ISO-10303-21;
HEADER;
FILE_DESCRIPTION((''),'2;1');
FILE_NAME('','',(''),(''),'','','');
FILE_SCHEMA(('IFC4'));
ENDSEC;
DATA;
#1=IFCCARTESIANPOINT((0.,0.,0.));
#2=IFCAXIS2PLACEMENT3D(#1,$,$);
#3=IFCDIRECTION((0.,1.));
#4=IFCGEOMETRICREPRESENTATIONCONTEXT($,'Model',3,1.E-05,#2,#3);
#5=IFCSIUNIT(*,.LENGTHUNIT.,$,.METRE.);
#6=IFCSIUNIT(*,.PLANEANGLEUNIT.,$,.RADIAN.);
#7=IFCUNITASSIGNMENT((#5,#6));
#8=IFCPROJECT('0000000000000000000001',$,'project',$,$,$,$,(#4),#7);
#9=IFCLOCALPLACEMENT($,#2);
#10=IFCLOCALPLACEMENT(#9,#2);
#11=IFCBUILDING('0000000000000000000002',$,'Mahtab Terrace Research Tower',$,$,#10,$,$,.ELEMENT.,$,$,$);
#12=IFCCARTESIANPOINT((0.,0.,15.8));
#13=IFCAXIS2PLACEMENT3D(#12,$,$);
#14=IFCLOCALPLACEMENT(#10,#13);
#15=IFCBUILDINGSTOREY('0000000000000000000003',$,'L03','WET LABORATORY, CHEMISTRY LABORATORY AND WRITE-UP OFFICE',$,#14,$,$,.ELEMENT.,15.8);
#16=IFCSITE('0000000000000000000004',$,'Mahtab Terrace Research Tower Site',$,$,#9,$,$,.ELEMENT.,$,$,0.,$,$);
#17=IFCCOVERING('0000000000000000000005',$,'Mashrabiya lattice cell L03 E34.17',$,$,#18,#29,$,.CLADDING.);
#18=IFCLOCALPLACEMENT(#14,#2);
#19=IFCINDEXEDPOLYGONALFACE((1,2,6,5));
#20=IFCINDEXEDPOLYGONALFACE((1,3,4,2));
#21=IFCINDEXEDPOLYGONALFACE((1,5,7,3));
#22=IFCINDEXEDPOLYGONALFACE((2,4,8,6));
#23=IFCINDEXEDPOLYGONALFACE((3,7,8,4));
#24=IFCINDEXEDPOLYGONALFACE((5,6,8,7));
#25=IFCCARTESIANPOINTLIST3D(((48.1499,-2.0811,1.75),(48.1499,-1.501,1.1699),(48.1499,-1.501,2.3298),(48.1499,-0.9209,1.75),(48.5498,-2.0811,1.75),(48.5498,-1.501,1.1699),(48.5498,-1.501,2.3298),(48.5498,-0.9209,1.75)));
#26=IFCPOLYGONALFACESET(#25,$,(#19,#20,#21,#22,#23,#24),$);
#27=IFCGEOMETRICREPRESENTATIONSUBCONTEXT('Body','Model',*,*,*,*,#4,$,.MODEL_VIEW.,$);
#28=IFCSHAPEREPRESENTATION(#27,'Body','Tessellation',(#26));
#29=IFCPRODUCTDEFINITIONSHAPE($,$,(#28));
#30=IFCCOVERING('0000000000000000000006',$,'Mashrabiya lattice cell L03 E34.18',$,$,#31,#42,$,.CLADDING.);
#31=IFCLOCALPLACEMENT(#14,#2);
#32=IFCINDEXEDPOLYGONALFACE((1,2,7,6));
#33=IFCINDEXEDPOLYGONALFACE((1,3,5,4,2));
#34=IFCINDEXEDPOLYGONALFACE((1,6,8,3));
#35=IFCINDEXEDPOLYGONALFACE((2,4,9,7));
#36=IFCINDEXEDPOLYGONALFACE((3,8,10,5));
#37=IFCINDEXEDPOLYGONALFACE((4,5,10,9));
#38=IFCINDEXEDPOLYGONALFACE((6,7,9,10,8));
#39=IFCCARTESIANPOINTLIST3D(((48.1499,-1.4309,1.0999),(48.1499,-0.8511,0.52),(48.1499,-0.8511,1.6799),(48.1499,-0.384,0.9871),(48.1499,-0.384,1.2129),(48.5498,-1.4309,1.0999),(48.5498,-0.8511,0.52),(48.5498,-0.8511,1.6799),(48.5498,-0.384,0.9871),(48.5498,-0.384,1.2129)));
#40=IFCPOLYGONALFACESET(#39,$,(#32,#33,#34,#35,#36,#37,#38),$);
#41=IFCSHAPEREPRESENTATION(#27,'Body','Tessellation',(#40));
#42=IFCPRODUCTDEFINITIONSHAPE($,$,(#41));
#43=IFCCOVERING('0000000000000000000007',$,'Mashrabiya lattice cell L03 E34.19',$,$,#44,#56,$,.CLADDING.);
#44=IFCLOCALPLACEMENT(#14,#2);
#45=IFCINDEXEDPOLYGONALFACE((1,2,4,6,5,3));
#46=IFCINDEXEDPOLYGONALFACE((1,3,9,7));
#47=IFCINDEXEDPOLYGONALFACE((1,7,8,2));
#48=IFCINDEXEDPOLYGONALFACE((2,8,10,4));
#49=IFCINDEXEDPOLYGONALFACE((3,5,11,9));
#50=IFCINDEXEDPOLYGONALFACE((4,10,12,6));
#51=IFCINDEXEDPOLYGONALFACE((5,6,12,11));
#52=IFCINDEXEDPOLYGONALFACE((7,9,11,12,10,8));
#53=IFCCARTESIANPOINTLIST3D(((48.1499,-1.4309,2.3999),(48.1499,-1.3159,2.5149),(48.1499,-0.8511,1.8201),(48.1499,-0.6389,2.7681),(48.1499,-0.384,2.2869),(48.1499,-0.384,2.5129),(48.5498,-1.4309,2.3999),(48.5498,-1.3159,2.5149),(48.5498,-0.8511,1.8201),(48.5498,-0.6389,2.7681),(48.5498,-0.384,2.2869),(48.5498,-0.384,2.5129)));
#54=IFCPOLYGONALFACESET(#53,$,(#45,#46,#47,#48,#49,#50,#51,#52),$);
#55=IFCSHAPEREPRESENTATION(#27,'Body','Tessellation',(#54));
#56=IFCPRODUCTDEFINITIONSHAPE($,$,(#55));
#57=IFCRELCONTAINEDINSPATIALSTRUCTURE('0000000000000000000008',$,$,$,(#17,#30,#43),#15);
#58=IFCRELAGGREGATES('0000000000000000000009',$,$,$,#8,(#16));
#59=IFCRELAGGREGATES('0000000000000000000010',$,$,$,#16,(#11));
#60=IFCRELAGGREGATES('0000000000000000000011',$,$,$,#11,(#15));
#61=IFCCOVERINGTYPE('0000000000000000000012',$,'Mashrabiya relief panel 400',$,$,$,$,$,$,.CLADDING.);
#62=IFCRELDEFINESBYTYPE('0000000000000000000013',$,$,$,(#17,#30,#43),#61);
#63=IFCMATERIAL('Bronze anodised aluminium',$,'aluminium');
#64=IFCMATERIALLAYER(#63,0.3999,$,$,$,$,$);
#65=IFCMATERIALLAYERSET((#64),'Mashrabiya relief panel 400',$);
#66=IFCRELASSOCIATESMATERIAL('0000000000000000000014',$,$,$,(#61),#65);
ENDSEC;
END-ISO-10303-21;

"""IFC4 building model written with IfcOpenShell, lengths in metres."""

from ifc_helpers import new_model, si_unit, direction, frame, origin, place, context, subcontext, project, spatial, polyline, outline, extrude, material, layer, layer_set, type_object, element, save


model = new_model("IFC4")

# Units and contexts
model_context = context("Model", 3, precision=1e-05, world=origin(), true_north=direction((0.0, 1.0)))
body_context = subcontext(model_context, "Body", "Model", "MODEL_VIEW")
ifc_project = project(units=[si_unit("LENGTHUNIT", "METRE"), si_unit("PLANEANGLEUNIT", "RADIAN")], contexts=[model_context])

# Site, building, storey
site_placement = place(None, origin())
site = spatial("IfcSite", under=ifc_project, at=site_placement, Name="Mahtab Terrace Research Tower Site", CompositionType="ELEMENT", RefElevation=0.0)
building_placement = place(site_placement, origin())
building = spatial("IfcBuilding", under=site, at=building_placement, Name="Mahtab Terrace Research Tower", CompositionType="ELEMENT")
storey_placement = place(building_placement, frame((0.0, 0.0, 15.8)))
storey = spatial("IfcBuildingStorey", under=building, at=storey_placement, Name="L03", Description="WET LABORATORY, CHEMISTRY LABORATORY AND WRITE-UP OFFICE", CompositionType="ELEMENT", Elevation=15.8)

# Coverings
ifc_material = material(Name="Bronze anodised aluminium", Category="aluminium")
ifc_layer = layer(ifc_material, 0.3999)
ifc_layer_set = layer_set([ifc_layer], Name="Mashrabiya relief panel 400")
covering_type = type_object("IfcCoveringType", Name="Mashrabiya relief panel 400", PredefinedType="CLADDING", material=ifc_layer_set)
covering_1_placement = place(storey_placement, frame((48.1499, -1.501, 2.3298), z_axis=(-1.0, 0.0, 0.0), x_axis=(0.0, 0.707256, -0.706958)))
element("IfcCovering", 1, at=covering_1_placement, inside=storey, type_object=covering_type, Name="Mashrabiya lattice cell L03 E34.17", PredefinedType="CLADDING", context=body_context, shape_type="SweptSolid", body=[
    extrude(outline(polyline([(0.0, 0.0), (0.8202, 0.0), (0.82, 0.8204), (-0.0003, 0.8202), (0.0, 0.0)])), origin(), (0.0, 0.0, -1.0), 0.3999),
])
covering_2_placement = place(storey_placement, frame((48.1499, -0.8511, 0.52), z_axis=(-1.0, 0.0, 0.0), x_axis=(0.0, -0.707107, 0.707107)))
element("IfcCovering", 2, at=covering_2_placement, inside=storey, type_object=covering_type, Name="Mashrabiya lattice cell L03 E34.18", PredefinedType="CLADDING", context=body_context, shape_type="SweptSolid", body=[
    extrude(outline(polyline([(0.0, 0.0), (0.82, 0.0), (0.8202, 0.8202), (0.1597, 0.8202), (0.0, 0.6605), (0.0, 0.0)])), origin(), (0.0, 0.0, -1.0), 0.3999),
])
covering_3_placement = place(storey_placement, frame((48.1499, -0.8511, 1.8201), z_axis=(-1.0, 0.0, 0.0), x_axis=(0.0, -0.707107, 0.707107)))
element("IfcCovering", 3, at=covering_3_placement, inside=storey, type_object=covering_type, Name="Mashrabiya lattice cell L03 E34.19", PredefinedType="CLADDING", context=body_context, shape_type="SweptSolid", body=[
    extrude(outline(polyline([(0.0, 0.0), (0.82, 0.0), (0.82, 0.1626), (0.5203, 0.8204), (0.1597, 0.8202), (-0.0002, 0.6603), (0.0, 0.0)])), origin(), (0.0, 0.0, -1.0), 0.3999),
])

save(model, "model.ifc")
